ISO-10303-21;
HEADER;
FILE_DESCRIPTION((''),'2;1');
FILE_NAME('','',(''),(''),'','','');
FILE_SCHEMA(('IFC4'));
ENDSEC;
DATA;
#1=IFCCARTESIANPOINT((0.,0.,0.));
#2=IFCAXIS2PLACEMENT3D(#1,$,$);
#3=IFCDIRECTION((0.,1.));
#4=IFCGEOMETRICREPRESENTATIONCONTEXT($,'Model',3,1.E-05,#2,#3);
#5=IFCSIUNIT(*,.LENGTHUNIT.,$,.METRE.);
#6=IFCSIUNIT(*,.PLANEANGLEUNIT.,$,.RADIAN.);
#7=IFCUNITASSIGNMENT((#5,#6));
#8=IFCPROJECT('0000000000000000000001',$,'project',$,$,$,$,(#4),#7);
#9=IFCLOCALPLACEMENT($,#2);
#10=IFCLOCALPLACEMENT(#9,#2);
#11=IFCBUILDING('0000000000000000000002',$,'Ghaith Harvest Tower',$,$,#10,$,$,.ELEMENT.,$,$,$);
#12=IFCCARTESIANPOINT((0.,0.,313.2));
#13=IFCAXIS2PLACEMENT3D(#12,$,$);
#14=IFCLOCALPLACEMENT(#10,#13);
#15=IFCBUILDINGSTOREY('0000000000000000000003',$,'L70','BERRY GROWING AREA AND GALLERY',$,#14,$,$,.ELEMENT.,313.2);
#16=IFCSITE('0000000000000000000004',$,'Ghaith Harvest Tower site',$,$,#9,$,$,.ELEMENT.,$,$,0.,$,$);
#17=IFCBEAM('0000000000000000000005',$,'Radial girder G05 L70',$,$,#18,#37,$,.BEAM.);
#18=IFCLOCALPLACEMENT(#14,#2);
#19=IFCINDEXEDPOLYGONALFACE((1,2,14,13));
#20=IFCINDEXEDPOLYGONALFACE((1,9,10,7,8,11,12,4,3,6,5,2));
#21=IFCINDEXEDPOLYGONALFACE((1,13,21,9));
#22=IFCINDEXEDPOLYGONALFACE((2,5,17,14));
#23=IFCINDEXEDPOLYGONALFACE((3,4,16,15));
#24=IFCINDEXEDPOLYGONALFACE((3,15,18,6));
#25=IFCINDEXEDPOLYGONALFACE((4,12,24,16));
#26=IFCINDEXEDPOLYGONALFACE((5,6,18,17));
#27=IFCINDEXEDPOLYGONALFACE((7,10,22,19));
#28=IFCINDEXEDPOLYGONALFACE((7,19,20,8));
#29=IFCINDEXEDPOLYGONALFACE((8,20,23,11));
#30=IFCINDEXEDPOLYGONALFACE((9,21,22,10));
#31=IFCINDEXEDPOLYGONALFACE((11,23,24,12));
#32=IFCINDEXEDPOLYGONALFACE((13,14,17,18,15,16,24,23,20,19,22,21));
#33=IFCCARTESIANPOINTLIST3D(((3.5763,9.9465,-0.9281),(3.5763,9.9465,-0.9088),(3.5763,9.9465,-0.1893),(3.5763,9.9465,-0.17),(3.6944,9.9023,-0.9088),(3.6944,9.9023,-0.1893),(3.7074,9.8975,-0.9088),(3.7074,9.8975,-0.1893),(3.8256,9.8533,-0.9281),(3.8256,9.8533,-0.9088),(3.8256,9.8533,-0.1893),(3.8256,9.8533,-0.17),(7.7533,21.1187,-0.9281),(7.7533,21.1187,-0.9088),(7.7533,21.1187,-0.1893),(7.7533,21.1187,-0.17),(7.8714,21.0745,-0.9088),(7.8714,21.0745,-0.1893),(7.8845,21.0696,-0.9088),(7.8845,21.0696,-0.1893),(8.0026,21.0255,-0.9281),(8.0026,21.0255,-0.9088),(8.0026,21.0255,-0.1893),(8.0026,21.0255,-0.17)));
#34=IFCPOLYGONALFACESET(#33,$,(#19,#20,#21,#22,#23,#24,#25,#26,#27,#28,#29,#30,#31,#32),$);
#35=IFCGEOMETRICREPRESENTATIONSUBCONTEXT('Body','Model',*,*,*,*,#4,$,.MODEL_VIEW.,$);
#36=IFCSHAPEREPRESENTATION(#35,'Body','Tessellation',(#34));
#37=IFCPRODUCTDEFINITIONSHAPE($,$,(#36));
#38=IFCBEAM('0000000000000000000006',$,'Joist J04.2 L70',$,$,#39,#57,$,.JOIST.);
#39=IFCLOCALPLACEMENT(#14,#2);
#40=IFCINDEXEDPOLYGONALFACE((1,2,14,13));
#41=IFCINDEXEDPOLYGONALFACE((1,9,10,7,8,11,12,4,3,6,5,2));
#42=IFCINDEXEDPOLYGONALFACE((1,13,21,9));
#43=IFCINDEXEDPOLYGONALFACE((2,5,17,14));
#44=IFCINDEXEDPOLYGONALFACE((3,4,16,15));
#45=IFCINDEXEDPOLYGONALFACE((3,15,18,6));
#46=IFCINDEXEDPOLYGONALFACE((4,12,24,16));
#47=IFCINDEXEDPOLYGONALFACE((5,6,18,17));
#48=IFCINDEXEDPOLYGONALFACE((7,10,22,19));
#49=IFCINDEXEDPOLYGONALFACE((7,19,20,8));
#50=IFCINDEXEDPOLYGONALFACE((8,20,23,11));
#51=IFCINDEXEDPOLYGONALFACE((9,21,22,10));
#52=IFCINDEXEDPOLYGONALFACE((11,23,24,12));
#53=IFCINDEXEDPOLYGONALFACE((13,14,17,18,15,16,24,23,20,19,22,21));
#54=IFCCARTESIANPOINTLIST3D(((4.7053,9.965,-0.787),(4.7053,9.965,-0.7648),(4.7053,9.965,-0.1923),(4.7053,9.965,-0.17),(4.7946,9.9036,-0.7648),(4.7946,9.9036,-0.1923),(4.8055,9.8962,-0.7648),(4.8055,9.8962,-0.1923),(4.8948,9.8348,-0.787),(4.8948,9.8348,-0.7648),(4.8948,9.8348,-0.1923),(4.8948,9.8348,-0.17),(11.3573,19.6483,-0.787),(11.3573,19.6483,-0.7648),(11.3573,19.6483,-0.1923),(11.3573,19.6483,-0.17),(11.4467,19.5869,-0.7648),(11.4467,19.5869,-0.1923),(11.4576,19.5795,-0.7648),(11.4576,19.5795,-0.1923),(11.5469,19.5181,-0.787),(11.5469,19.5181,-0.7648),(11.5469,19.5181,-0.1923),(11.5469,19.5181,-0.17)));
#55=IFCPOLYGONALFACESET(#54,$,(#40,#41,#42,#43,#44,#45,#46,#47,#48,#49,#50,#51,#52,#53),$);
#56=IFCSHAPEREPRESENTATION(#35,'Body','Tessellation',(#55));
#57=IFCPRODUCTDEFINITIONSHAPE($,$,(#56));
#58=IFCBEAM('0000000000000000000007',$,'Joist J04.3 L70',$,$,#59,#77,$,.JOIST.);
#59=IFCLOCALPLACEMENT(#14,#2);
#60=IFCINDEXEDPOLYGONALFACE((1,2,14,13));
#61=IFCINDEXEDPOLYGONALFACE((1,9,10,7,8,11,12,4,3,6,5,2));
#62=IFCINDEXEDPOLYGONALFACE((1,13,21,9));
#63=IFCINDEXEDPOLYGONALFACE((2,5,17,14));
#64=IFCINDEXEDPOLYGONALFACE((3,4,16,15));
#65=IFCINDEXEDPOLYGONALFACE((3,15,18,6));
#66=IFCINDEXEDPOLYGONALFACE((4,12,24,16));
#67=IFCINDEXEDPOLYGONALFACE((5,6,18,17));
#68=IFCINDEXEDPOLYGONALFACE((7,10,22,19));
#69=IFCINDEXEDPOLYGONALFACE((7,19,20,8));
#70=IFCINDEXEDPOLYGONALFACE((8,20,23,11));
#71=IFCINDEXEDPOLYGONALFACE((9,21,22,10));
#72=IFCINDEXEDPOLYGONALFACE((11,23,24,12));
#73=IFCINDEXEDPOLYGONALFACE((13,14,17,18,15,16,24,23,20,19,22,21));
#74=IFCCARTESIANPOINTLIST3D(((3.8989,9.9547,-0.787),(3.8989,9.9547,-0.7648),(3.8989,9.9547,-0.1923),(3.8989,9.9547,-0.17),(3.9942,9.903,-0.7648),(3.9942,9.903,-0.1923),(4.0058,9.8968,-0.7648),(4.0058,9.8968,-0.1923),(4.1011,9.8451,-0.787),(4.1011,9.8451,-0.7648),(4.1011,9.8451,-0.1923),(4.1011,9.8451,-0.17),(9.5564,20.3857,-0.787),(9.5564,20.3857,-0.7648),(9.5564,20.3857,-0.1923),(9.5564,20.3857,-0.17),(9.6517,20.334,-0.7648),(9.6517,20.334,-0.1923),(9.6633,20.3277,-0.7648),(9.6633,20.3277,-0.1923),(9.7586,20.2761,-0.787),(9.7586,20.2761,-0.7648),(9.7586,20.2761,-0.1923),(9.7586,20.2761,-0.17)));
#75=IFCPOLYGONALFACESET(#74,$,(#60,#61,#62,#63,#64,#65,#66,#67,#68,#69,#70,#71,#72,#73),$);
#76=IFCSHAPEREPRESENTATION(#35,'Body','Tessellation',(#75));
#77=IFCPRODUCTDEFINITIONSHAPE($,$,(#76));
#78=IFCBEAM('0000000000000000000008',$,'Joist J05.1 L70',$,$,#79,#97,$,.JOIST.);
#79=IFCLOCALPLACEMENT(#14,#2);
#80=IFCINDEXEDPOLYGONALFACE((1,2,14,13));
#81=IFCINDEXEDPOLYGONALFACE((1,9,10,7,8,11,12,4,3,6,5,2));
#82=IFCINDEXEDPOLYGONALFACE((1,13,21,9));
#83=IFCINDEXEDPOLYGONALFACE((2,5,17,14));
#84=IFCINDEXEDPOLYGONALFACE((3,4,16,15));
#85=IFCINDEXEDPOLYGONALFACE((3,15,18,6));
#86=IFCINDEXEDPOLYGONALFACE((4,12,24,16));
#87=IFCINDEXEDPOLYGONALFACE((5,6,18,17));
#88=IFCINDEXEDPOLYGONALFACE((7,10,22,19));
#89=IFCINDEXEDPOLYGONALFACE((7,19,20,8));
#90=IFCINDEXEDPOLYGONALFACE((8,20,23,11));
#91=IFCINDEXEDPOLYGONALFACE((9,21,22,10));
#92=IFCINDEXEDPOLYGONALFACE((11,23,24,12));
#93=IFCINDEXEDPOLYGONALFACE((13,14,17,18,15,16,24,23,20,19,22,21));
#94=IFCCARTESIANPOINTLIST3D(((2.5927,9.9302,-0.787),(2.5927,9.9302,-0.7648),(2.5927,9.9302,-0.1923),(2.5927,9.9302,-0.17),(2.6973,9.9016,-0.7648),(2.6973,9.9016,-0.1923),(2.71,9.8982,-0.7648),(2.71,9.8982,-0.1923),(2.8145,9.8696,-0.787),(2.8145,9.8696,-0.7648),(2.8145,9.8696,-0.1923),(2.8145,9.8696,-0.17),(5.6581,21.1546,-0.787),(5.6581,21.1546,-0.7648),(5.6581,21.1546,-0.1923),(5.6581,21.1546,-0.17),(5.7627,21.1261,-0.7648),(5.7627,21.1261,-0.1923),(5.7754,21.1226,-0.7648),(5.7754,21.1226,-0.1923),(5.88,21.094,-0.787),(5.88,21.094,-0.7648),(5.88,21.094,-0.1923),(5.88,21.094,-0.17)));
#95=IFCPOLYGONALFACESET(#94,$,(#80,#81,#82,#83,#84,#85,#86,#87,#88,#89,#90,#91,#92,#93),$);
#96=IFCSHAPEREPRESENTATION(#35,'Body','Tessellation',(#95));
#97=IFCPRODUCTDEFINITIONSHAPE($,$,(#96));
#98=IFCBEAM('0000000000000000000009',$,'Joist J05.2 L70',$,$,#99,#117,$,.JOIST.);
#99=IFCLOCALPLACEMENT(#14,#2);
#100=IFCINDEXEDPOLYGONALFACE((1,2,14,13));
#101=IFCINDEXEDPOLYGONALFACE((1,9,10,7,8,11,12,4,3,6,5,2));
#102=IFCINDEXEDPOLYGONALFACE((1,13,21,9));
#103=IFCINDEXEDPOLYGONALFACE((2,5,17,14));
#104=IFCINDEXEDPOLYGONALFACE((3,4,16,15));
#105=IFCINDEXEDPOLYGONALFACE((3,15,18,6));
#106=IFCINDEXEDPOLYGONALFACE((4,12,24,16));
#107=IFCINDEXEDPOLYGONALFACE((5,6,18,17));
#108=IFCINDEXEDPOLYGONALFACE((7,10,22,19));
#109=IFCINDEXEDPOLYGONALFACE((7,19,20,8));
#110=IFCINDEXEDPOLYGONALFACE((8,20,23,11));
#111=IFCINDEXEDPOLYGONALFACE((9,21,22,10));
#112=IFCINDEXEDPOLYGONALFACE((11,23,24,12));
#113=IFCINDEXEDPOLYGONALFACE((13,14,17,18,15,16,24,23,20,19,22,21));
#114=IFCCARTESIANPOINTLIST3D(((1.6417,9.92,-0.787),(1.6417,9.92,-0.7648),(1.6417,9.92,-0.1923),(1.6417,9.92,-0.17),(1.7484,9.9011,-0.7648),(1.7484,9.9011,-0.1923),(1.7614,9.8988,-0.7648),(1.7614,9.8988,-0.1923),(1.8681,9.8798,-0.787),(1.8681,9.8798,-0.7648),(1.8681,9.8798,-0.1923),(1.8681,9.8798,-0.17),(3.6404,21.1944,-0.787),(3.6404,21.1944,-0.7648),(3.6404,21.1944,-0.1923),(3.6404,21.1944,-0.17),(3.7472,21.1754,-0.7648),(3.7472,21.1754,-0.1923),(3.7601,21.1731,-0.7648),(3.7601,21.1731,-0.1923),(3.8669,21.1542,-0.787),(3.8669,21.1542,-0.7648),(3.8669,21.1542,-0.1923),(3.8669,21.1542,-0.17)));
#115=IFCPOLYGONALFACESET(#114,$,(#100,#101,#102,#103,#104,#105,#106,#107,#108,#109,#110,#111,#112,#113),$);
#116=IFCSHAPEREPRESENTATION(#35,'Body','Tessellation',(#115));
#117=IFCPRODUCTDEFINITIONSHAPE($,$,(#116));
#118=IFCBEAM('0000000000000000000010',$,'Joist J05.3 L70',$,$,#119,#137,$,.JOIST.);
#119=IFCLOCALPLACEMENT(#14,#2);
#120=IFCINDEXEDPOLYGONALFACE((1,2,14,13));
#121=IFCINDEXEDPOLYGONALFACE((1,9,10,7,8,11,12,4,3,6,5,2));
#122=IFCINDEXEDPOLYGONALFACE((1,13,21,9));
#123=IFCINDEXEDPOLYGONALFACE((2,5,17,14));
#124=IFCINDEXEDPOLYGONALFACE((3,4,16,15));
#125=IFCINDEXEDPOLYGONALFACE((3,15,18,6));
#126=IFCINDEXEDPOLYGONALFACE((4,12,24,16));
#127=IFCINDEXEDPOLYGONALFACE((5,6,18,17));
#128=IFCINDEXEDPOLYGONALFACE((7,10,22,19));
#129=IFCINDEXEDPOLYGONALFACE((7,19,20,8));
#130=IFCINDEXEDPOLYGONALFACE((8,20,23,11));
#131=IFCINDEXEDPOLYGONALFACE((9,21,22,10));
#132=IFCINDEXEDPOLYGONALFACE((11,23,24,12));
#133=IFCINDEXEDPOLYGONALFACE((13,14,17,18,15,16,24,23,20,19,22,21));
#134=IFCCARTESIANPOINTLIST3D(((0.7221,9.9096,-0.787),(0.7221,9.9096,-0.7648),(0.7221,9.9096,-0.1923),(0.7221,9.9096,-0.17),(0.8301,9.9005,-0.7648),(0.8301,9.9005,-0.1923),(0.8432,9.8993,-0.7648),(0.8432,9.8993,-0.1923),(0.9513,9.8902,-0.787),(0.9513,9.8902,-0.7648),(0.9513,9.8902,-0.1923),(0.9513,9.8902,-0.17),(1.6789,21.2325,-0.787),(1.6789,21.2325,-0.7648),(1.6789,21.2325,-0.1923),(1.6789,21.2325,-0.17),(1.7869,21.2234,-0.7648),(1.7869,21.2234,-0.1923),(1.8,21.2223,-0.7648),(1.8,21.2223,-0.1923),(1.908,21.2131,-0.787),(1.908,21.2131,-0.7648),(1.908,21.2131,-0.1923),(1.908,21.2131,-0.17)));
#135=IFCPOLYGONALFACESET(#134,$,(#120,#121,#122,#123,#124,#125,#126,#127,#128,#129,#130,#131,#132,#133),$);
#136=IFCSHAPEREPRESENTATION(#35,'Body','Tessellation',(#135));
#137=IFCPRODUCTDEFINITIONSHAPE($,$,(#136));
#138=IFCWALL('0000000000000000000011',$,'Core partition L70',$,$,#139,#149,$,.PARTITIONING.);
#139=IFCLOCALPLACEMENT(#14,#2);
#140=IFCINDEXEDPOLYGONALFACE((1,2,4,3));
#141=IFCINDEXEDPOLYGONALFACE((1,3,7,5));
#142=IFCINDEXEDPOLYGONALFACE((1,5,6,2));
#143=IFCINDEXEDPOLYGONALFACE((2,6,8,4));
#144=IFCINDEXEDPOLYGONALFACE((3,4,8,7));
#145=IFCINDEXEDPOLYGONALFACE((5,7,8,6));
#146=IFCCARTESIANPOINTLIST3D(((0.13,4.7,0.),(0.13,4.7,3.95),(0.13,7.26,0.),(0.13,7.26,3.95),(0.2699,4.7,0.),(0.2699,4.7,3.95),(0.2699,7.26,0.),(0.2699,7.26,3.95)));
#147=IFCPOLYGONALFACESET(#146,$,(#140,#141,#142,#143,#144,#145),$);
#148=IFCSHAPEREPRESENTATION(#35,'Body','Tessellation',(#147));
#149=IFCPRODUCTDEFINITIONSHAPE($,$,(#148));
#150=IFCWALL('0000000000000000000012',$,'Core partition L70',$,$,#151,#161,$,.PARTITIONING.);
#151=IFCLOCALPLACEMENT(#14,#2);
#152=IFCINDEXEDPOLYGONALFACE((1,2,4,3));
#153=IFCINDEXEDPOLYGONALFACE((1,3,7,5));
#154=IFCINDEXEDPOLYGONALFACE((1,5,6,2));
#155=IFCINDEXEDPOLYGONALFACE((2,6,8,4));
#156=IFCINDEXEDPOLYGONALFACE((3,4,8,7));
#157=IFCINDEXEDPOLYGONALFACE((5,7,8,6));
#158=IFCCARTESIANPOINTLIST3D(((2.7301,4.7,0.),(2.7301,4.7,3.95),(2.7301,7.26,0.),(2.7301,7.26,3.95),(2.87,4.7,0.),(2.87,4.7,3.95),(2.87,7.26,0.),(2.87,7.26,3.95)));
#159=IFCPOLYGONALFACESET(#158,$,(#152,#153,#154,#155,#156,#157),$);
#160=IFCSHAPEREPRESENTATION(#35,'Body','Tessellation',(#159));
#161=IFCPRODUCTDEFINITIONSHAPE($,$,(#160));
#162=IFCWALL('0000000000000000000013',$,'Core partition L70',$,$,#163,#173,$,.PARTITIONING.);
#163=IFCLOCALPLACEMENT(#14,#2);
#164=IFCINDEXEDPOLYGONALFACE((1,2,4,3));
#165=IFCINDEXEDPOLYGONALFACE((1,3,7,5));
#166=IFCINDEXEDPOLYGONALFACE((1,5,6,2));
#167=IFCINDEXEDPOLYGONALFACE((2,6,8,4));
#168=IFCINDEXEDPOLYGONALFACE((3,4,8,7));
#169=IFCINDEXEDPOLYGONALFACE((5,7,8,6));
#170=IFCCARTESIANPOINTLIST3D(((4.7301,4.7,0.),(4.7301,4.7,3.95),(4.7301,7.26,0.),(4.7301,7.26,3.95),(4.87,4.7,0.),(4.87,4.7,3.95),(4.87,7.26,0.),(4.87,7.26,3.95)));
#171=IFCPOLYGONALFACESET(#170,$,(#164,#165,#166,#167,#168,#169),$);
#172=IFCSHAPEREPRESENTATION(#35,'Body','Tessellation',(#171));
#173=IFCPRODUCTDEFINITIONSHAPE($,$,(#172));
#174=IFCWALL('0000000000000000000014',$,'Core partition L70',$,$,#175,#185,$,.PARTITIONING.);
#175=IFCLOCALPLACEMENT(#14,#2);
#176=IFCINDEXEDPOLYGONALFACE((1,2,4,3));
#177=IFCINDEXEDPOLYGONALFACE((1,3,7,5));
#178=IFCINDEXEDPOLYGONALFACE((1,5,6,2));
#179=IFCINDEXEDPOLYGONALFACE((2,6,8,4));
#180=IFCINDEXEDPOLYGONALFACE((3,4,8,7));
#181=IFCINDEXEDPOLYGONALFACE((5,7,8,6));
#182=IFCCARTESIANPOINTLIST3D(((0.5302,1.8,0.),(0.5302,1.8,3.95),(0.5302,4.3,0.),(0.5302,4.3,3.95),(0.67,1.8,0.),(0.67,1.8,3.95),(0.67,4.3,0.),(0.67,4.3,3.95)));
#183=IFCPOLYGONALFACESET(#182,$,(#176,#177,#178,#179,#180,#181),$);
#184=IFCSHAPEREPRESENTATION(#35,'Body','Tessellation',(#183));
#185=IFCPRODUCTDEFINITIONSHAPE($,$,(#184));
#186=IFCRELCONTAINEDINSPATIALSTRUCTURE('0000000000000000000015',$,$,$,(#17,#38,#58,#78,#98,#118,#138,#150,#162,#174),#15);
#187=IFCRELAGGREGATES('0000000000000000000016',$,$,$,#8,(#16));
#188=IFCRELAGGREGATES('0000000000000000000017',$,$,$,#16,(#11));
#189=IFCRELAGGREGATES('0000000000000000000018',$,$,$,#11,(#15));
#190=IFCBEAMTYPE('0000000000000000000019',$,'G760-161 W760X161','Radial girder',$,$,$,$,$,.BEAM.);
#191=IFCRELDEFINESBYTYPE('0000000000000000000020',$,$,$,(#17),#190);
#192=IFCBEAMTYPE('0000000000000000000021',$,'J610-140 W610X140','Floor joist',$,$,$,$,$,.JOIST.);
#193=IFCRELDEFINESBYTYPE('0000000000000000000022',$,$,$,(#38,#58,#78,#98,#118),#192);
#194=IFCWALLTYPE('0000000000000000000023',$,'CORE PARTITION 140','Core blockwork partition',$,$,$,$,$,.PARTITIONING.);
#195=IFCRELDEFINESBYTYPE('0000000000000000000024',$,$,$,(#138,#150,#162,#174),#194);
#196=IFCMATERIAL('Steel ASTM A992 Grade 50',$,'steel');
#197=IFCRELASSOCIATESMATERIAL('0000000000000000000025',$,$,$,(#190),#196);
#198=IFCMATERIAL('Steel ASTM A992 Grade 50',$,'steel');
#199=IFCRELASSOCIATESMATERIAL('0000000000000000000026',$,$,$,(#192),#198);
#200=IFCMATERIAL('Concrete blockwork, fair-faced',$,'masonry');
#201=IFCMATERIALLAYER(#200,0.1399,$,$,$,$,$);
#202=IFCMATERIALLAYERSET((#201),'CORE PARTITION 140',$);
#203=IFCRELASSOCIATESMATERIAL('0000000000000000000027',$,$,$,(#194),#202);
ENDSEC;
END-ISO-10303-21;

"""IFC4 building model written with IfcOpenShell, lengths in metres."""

from ifc_helpers import new_model, si_unit, direction, frame, frame_2d, origin, origin_2d, place, context, subcontext, project, spatial, rectangle, i_section, extrude, material, layer, layer_set, material_profile, profile_set, type_object, element, save


model = new_model("IFC4")

# Units and contexts
model_context = context("Model", 3, precision=1e-05, world=origin(), true_north=direction((0.0, 1.0)))
body_context = subcontext(model_context, "Body", "Model", "MODEL_VIEW")
ifc_project = project(units=[si_unit("LENGTHUNIT", "METRE"), si_unit("PLANEANGLEUNIT", "RADIAN")], contexts=[model_context])

# Site, building, storey
site_placement = place(None, origin())
site = spatial("IfcSite", under=ifc_project, at=site_placement, Name="Ghaith Harvest Tower site", CompositionType="ELEMENT", RefElevation=0.0)
building_placement = place(site_placement, origin())
building = spatial("IfcBuilding", under=site, at=building_placement, Name="Ghaith Harvest Tower", CompositionType="ELEMENT")
storey_placement = place(building_placement, frame((0.0, 0.0, 313.2)))
storey = spatial("IfcBuildingStorey", under=building, at=storey_placement, Name="L70", Description="BERRY GROWING AREA AND GALLERY", CompositionType="ELEMENT", Elevation=313.2)

# Beams
ifc_material_1 = material(Name="Steel ASTM A992 Grade 50", Category="steel")
ifc_material_profile_1 = material_profile(ifc_material_1, i_section(OverallWidth=0.2661, OverallDepth=0.7581, WebThickness=0.0139, FlangeThickness=0.0193, at=origin_2d()), Name="W760X161")
ifc_profile_set_1 = profile_set([ifc_material_profile_1], Name="Steel ASTM A992 Grade 50")
beam_type_1 = type_object("IfcBeamType", Name="G760-161 W760X161", Description="Radial girder", PredefinedType="BEAM", material=ifc_profile_set_1)
beam_1_placement = place(storey_placement, frame((3.7009, 9.8999, -0.5491), z_axis=(0.350201, 0.936674, 0.0), x_axis=(-0.936674, 0.350201, 0.0)))
element("IfcBeam", 1, at=beam_1_placement, inside=storey, type_object=beam_type_1, Name="Radial girder G05 L70", PredefinedType="BEAM", context=body_context, shape_type="SweptSolid", body=[
    extrude(i_section(OverallWidth=0.2661, OverallDepth=0.7581, WebThickness=0.0139, FlangeThickness=0.0193, at=origin_2d()), origin(), (0.0, 0.0, 1.0), 11.9275),
])
ifc_material_2 = material(Name="Steel ASTM A992 Grade 50", Category="steel")
ifc_material_profile_2 = material_profile(ifc_material_2, i_section(OverallWidth=0.23, OverallDepth=0.6169, WebThickness=0.0132, FlangeThickness=0.0222, at=origin_2d()), Name="W610X140")
ifc_profile_set_2 = profile_set([ifc_material_profile_2], Name="Steel ASTM A992 Grade 50")
beam_type_2 = type_object("IfcBeamType", Name="J610-140 W610X140", Description="Floor joist", PredefinedType="JOIST", material=ifc_profile_set_2)
beam_2_placement = place(storey_placement, frame((4.8, 9.8999, -0.4785), z_axis=(0.566228, 0.824249, 0.0), x_axis=(-0.824249, 0.566228, 0.0)))
element("IfcBeam", 2, at=beam_2_placement, inside=storey, type_object=beam_type_2, Name="Joist J04.2 L70", PredefinedType="JOIST", context=body_context, shape_type="SweptSolid", body=[
    extrude(i_section(OverallWidth=0.23, OverallDepth=0.6169, WebThickness=0.0132, FlangeThickness=0.0222, at=origin_2d()), origin(), (0.0, 0.0, 1.0), 11.748),
])
beam_3_placement = place(storey_placement, frame((4.0, 9.8999, -0.4785), z_axis=(0.476765, 0.879031, 0.0), x_axis=(-0.879031, 0.476765, 0.0)))
element("IfcBeam", 3, at=beam_3_placement, inside=storey, type_object=beam_type_2, Name="Joist J04.3 L70", PredefinedType="JOIST", context=body_context, shape_type="SweptSolid", body=[
    extrude(i_section(OverallWidth=0.23, OverallDepth=0.6169, WebThickness=0.0132, FlangeThickness=0.0222, at=origin_2d()), origin(), (0.0, 0.0, 1.0), 11.8665),
])
beam_4_placement = place(storey_placement, frame((2.7036, 9.8999, -0.4785), z_axis=(0.263456, 0.964671, 0.0), x_axis=(-0.964671, 0.263456, 0.0)))
element("IfcBeam", 4, at=beam_4_placement, inside=storey, type_object=beam_type_2, Name="Joist J05.1 L70", PredefinedType="JOIST", context=body_context, shape_type="SweptSolid", body=[
    extrude(i_section(OverallWidth=0.23, OverallDepth=0.6169, WebThickness=0.0132, FlangeThickness=0.0222, at=origin_2d()), origin(), (0.0, 0.0, 1.0), 11.6355),
])
beam_5_placement = place(storey_placement, frame((1.7549, 9.8999, -0.4785), z_axis=(0.174563, 0.984646, 0.0), x_axis=(-0.984646, 0.174563, 0.0)))
element("IfcBeam", 5, at=beam_5_placement, inside=storey, type_object=beam_type_2, Name="Joist J05.2 L70", PredefinedType="JOIST", context=body_context, shape_type="SweptSolid", body=[
    extrude(i_section(OverallWidth=0.23, OverallDepth=0.6169, WebThickness=0.0132, FlangeThickness=0.0222, at=origin_2d()), origin(), (0.0, 0.0, 1.0), 11.4502),
])
beam_6_placement = place(storey_placement, frame((0.8367, 9.8999, -0.4785), z_axis=(0.084199, 0.996449, 0.0), x_axis=(-0.996449, 0.084199, 0.0)))
element("IfcBeam", 6, at=beam_6_placement, inside=storey, type_object=beam_type_2, Name="Joist J05.3 L70", PredefinedType="JOIST", context=body_context, shape_type="SweptSolid", body=[
    extrude(i_section(OverallWidth=0.23, OverallDepth=0.6169, WebThickness=0.0132, FlangeThickness=0.0222, at=origin_2d()), origin(), (0.0, 0.0, 1.0), 11.3633),
])

# Walls
ifc_material_3 = material(Name="Concrete blockwork, fair-faced", Category="masonry")
ifc_layer_1 = layer(ifc_material_3, 0.1399)
ifc_layer_set_1 = layer_set([ifc_layer_1], Name="CORE PARTITION 140")
wall_type_1 = type_object("IfcWallType", Name="CORE PARTITION 140", Description="Core blockwork partition", PredefinedType="PARTITIONING", material=ifc_layer_set_1)
for number, where, z_axis, x_axis, name in (
    (7, (0.2, 4.7, 0.0), (0.0, 0.0, 1.0), (0.0, 1.0, 0.0), "Core partition L70"),
    (8, (2.8, 4.7, 0.0), (0.0, 0.0, 1.0), (0.0, 1.0, 0.0), "Core partition L70"),
    (9, (4.8, 4.7, 0.0), (0.0, 0.0, 1.0), (0.0, 1.0, 0.0), "Core partition L70"),
):
    element("IfcWall", number, at=place(storey_placement, frame(where, z_axis=z_axis, x_axis=x_axis)), inside=storey, type_object=wall_type_1, Name=name, PredefinedType="PARTITIONING", context=body_context, shape_type="SweptSolid", body=[
        extrude(rectangle(XDim=2.5601, YDim=0.1399, at=frame_2d((1.28, 0.0))), origin(), (0.0, 0.0, 1.0), 3.95),
    ])
wall_1_placement = place(storey_placement, frame((0.6001, 1.8, 0.0), z_axis=(0.0, 0.0, 1.0), x_axis=(0.0, 1.0, 0.0)))
element("IfcWall", 10, at=wall_1_placement, inside=storey, type_object=wall_type_1, Name="Core partition L70", PredefinedType="PARTITIONING", context=body_context, shape_type="SweptSolid", body=[
    extrude(rectangle(XDim=2.5, YDim=0.1399, at=frame_2d((1.25, 0.0))), origin(), (0.0, 0.0, 1.0), 3.95),
])

save(model, "model.ifc")
